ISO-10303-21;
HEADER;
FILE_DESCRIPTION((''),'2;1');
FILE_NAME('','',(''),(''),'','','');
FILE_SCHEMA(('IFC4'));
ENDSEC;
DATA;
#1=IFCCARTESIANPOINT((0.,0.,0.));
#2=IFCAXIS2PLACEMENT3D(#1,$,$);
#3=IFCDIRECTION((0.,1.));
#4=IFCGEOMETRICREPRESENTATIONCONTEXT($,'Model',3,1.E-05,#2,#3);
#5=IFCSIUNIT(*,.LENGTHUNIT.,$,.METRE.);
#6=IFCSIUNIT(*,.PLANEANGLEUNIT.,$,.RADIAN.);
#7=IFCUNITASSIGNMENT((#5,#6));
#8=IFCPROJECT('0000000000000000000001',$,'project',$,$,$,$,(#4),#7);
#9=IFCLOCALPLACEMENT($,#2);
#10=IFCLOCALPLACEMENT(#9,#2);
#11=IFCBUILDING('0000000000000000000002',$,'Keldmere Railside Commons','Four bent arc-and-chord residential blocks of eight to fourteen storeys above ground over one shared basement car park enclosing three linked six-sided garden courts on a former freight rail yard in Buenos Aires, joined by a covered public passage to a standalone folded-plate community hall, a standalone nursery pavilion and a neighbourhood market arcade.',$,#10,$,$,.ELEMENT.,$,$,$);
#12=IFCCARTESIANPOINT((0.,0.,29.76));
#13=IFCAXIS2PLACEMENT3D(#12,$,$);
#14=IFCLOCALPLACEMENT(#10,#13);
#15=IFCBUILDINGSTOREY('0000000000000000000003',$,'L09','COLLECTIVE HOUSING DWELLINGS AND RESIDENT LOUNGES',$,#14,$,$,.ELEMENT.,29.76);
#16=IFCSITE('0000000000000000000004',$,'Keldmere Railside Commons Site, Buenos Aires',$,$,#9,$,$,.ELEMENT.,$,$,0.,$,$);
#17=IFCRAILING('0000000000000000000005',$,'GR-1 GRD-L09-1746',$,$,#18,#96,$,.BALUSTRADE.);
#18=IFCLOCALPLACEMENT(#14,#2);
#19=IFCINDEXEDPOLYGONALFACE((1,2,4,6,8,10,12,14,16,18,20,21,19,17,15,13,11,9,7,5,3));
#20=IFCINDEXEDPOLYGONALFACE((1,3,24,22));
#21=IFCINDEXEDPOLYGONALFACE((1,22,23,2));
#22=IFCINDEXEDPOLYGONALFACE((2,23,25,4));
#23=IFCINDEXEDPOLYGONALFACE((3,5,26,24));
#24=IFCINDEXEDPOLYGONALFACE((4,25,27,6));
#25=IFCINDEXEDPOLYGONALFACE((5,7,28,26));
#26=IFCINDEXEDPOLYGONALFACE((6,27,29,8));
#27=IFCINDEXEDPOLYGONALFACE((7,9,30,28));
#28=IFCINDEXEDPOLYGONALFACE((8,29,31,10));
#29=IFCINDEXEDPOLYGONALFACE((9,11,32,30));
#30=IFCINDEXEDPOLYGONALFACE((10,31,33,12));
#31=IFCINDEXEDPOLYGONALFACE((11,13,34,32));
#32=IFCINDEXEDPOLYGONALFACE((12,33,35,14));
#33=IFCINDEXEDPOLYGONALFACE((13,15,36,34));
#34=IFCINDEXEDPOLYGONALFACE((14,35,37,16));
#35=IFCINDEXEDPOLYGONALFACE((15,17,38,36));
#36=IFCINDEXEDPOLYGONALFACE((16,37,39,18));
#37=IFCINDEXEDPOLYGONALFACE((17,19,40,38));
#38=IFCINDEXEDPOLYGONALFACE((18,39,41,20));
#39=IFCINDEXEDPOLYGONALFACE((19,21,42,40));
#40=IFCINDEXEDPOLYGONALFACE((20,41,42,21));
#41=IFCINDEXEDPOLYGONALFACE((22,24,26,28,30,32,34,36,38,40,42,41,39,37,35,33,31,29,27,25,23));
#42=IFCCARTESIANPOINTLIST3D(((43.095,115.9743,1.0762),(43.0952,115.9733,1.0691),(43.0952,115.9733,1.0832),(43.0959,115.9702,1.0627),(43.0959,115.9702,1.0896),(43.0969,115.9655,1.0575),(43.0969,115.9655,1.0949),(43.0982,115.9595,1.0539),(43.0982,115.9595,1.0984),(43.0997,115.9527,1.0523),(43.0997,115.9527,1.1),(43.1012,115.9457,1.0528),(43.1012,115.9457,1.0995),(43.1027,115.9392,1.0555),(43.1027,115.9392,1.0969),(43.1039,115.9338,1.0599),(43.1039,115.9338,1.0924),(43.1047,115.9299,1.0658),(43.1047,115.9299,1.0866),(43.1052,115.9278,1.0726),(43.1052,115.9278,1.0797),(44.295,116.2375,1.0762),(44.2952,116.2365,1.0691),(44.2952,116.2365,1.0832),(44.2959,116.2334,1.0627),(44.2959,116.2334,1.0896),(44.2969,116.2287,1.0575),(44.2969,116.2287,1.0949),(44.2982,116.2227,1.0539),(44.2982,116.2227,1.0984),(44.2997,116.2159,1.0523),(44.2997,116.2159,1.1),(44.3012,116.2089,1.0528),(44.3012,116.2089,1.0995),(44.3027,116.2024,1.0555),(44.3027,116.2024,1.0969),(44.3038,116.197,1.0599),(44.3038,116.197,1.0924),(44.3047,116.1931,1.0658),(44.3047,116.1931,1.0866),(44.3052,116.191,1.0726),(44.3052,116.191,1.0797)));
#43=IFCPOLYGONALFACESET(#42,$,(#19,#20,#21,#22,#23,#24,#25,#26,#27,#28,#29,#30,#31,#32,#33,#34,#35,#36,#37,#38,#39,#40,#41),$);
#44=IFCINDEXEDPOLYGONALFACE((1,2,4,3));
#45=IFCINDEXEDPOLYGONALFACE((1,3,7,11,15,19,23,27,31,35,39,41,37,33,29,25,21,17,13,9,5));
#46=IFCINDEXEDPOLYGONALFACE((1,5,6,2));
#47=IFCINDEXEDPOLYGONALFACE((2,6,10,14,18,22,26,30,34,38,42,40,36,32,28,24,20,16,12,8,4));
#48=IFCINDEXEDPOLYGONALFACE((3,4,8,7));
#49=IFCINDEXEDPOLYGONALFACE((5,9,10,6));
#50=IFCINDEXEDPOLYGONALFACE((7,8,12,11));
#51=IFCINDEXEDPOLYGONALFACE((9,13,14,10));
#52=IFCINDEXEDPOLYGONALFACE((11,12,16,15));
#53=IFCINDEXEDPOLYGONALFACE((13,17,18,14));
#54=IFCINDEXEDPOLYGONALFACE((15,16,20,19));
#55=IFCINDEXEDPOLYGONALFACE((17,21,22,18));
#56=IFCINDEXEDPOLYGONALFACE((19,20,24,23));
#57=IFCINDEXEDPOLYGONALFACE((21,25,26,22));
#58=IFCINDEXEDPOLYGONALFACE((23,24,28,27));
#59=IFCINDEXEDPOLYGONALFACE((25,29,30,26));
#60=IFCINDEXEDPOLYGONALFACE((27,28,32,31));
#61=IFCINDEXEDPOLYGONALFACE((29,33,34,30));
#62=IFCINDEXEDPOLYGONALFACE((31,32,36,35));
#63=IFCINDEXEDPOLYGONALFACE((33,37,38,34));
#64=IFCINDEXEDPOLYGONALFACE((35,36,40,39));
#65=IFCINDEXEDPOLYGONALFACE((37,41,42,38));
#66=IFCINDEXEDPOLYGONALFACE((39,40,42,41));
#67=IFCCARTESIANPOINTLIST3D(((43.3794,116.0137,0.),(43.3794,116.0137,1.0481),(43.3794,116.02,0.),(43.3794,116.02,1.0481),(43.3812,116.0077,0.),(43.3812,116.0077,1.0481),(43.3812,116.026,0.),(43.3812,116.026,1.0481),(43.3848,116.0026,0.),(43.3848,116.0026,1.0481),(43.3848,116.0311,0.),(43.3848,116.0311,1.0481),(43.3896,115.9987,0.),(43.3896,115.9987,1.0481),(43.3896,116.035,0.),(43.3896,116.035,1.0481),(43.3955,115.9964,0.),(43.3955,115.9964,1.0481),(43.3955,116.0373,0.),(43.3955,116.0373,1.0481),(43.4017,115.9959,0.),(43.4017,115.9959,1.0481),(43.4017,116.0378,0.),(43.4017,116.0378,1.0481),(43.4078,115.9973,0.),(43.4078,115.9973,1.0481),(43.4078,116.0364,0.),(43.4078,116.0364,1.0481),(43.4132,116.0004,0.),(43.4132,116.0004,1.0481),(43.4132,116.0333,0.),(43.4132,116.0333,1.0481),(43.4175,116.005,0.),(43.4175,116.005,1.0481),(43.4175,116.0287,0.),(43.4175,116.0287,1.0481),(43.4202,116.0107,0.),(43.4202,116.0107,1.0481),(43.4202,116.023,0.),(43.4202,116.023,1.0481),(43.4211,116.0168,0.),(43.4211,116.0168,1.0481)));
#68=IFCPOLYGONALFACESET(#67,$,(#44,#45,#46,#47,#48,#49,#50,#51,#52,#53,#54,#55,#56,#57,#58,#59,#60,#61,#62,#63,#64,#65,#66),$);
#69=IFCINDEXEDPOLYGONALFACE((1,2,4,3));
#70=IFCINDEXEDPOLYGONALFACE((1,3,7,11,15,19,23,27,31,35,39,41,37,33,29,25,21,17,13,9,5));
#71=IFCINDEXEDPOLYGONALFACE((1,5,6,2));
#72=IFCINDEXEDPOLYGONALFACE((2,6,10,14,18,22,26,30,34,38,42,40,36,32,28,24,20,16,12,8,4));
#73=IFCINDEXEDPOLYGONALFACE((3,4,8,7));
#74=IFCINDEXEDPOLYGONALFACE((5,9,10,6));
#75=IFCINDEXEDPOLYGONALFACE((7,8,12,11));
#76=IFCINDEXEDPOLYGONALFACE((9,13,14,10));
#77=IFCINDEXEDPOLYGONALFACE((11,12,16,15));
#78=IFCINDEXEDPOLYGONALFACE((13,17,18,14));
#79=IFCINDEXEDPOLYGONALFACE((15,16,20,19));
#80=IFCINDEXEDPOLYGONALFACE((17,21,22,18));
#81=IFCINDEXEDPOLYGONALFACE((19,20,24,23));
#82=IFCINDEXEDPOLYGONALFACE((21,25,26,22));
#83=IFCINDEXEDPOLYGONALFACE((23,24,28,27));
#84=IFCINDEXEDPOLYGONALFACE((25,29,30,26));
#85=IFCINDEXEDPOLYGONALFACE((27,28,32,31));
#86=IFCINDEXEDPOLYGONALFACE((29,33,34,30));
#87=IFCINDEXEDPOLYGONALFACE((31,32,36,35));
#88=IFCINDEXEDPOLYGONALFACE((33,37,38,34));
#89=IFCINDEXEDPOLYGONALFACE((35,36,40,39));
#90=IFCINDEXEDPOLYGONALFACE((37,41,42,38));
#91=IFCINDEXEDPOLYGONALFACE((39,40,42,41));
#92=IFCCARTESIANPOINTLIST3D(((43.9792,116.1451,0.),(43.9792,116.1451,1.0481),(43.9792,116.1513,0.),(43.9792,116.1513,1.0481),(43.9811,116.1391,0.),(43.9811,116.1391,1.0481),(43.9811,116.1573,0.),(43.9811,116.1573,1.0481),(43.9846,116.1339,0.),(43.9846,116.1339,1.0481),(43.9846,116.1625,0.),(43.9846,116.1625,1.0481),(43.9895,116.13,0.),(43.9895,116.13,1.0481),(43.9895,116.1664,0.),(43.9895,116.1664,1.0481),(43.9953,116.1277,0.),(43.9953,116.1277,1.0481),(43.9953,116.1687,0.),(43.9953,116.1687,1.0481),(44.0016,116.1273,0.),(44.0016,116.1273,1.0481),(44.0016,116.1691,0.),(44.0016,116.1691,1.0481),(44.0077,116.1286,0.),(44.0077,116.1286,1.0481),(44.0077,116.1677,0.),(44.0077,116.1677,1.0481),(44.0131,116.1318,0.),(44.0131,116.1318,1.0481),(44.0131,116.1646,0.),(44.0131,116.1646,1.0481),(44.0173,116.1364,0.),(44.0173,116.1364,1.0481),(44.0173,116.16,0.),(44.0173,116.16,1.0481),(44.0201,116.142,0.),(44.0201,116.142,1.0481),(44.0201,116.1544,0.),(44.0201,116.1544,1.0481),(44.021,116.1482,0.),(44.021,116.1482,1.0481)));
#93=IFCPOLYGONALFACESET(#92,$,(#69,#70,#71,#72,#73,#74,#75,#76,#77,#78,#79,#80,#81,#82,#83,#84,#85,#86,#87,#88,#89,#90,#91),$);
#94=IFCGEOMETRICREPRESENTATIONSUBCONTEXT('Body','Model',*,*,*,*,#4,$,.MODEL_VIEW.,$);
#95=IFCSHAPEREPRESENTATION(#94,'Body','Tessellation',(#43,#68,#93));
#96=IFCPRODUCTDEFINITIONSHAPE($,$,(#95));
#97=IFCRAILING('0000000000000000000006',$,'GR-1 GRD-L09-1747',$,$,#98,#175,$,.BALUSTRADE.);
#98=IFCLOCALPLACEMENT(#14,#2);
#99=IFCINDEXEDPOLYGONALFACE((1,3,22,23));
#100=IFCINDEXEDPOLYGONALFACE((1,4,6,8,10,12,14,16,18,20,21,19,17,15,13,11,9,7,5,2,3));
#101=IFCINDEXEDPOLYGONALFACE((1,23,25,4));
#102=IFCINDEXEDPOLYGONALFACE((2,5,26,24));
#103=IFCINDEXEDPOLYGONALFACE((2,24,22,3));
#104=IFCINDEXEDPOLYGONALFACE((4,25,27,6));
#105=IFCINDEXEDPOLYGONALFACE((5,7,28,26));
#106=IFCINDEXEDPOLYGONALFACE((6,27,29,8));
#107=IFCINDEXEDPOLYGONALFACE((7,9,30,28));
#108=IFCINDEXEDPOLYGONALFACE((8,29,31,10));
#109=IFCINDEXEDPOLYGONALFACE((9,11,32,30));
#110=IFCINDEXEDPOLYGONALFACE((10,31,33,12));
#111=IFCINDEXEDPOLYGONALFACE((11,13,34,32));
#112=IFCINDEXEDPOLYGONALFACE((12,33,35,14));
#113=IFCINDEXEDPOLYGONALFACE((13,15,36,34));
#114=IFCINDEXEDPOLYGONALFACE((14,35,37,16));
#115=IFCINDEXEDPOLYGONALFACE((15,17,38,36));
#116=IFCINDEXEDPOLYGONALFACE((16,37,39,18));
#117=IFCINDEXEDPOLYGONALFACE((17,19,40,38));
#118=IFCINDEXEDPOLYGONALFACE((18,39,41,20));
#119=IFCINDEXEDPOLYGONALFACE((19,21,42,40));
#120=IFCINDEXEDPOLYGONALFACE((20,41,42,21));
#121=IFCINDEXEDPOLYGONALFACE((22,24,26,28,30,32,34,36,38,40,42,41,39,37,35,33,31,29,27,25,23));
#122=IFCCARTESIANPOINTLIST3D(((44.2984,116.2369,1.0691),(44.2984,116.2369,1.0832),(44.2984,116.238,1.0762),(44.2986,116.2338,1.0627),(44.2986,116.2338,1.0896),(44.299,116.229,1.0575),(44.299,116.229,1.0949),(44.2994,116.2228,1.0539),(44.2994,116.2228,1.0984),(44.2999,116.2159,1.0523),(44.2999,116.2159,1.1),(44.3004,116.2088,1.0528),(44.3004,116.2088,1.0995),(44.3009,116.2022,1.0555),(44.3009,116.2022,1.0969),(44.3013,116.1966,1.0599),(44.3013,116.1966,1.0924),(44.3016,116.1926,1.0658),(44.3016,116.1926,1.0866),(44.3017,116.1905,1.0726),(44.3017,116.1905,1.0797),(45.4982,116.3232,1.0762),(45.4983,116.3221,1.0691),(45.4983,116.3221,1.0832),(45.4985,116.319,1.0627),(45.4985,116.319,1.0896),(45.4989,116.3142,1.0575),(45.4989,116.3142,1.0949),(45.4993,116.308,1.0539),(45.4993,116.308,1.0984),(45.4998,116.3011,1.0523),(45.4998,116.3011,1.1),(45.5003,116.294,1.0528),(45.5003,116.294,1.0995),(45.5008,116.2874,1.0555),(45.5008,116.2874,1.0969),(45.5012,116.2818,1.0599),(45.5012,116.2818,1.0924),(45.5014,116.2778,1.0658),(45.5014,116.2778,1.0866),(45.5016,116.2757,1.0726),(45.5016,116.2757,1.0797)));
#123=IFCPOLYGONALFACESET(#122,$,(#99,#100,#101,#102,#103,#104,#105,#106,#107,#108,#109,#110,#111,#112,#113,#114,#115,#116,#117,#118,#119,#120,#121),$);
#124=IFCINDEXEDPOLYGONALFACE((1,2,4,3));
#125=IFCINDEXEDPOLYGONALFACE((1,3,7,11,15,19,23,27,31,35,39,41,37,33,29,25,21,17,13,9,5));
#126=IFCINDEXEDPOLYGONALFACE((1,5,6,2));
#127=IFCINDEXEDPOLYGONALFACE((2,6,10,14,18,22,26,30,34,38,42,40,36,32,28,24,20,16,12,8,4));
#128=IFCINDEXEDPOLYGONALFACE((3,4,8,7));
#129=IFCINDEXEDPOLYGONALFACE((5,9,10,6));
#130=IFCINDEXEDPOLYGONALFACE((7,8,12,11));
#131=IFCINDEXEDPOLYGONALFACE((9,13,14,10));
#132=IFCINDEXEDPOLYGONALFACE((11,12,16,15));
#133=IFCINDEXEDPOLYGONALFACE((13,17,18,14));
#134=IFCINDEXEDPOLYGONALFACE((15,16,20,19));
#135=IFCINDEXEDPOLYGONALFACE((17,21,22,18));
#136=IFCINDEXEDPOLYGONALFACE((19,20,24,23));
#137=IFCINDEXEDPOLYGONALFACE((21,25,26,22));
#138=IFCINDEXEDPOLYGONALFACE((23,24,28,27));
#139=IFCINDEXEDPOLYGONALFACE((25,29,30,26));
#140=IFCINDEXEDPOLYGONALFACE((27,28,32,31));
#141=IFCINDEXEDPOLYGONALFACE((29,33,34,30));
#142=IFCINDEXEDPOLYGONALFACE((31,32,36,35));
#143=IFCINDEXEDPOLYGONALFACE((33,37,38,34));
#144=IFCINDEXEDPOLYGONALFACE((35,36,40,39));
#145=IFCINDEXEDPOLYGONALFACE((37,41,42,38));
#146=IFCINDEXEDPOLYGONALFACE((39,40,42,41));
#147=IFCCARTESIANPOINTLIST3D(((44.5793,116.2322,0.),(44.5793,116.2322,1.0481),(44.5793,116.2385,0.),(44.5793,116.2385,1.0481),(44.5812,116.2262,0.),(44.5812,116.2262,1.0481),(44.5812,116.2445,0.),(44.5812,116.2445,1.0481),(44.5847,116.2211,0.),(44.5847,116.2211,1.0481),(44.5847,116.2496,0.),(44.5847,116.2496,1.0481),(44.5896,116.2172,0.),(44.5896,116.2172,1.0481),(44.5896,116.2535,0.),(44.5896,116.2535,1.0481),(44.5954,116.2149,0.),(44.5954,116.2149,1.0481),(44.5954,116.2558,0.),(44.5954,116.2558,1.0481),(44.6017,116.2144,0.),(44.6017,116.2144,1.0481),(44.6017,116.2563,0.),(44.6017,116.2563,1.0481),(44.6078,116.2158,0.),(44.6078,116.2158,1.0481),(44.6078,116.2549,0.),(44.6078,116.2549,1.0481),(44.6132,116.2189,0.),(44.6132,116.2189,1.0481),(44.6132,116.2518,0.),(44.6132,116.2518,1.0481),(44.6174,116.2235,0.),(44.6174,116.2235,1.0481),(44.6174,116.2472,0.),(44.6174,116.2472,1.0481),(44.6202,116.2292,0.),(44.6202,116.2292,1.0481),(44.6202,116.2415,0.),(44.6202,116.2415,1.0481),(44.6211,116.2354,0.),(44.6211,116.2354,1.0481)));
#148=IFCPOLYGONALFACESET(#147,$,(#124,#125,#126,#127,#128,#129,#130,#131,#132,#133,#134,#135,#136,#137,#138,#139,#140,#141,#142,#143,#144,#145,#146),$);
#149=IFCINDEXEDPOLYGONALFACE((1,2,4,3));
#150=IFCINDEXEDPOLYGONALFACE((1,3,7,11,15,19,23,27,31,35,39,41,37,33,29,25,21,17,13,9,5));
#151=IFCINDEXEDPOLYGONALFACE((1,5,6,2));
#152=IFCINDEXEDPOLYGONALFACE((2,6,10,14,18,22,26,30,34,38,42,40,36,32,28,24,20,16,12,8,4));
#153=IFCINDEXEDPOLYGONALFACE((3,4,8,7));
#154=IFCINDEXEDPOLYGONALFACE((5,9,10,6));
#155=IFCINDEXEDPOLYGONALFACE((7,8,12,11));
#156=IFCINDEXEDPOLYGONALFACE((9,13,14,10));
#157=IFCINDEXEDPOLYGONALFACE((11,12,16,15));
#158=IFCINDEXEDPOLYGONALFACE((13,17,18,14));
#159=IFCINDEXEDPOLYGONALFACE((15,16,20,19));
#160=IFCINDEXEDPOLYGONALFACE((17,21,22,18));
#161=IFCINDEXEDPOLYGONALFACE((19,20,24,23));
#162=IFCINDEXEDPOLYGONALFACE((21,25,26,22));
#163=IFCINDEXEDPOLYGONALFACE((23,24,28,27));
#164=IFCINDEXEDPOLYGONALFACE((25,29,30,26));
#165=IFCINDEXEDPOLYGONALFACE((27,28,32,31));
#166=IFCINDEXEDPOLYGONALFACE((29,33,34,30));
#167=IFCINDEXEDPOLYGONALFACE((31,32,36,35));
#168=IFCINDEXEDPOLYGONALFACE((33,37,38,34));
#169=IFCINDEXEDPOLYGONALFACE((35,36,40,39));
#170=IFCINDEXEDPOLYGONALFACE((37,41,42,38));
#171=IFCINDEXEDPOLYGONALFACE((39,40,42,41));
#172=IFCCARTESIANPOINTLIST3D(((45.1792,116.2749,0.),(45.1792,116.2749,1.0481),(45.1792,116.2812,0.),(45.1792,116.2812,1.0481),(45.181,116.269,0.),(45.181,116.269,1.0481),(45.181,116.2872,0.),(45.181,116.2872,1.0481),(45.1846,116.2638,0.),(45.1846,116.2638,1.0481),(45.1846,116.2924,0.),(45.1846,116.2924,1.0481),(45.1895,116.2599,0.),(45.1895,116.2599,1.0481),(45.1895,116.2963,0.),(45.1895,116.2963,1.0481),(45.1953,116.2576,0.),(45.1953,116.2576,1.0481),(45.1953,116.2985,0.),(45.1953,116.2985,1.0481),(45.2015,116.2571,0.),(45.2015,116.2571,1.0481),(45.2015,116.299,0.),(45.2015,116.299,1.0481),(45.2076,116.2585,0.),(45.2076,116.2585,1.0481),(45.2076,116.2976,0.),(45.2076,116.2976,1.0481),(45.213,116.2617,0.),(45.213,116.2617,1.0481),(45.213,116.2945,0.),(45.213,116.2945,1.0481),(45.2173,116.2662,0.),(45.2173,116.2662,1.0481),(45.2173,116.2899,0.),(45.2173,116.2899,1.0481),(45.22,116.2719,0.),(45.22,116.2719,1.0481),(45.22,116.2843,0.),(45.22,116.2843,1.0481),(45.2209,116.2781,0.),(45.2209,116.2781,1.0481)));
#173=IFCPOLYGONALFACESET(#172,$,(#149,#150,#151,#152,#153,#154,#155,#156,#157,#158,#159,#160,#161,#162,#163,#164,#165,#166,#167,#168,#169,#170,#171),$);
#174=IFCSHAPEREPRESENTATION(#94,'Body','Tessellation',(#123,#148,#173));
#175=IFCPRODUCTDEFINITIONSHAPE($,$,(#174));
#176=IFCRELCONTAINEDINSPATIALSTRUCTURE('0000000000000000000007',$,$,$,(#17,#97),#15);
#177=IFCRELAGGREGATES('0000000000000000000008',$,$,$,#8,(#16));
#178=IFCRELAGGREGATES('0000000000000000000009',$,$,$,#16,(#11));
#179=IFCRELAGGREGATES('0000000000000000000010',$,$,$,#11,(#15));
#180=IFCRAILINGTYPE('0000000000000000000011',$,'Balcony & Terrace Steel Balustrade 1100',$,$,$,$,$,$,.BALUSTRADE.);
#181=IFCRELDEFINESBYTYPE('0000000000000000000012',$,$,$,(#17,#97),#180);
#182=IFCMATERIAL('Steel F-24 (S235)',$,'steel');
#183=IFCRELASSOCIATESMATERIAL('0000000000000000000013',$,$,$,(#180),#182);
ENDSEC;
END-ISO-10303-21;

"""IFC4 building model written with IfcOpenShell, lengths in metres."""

from ifc_helpers import new_model, si_unit, direction, frame, origin, origin_2d, place, context, subcontext, project, spatial, circle, extrude, material, type_object, element, save


model = new_model("IFC4")

# Units and contexts
model_context = context("Model", 3, precision=1e-05, world=origin(), true_north=direction((0.0, 1.0)))
body_context = subcontext(model_context, "Body", "Model", "MODEL_VIEW")
ifc_project = project(units=[si_unit("LENGTHUNIT", "METRE"), si_unit("PLANEANGLEUNIT", "RADIAN")], contexts=[model_context])

# Site, building, storey
site_placement = place(None, origin())
site = spatial("IfcSite", under=ifc_project, at=site_placement, Name="Keldmere Railside Commons Site, Buenos Aires", CompositionType="ELEMENT", RefElevation=0.0)
building_placement = place(site_placement, origin())
building = spatial("IfcBuilding", under=site, at=building_placement, Name="Keldmere Railside Commons", Description="Four bent arc-and-chord residential blocks of eight to fourteen storeys above ground over one shared basement car park enclosing three linked six-sided garden courts on a former freight rail yard in Buenos Aires, joined by a covered public passage to a standalone folded-plate community hall, a standalone nursery pavilion and a neighbourhood market arcade.", CompositionType="ELEMENT")
storey_placement = place(building_placement, frame((0.0, 0.0, 29.76)))
storey = spatial("IfcBuildingStorey", under=building, at=storey_placement, Name="L09", Description="COLLECTIVE HOUSING DWELLINGS AND RESIDENT LOUNGES", CompositionType="ELEMENT", Elevation=29.76)

# Railings
ifc_material_1 = material(Name="Steel F-24 (S235)", Category="steel")
railing_type = type_object("IfcRailingType", Name="Balcony & Terrace Steel Balustrade 1100", PredefinedType="BALUSTRADE", material=ifc_material_1)
railing_1_placement = place(storey_placement, frame((43.1001, 115.9509, 0.0)))
element("IfcRailing", 1, at=railing_1_placement, inside=storey, type_object=railing_type, Name="GR-1 GRD-L09-1746", PredefinedType="BALUSTRADE", context=body_context, shape_type="SweptSolid", body=[
    extrude(circle(Radius=0.0239, at=origin_2d()), frame((0.0, 0.0, 1.0762), z_axis=(0.976782, 0.214236, 0.0), x_axis=(-0.214236, 0.976782, 0.0)), (0.0, 0.0, 1.0), 1.2285),
    extrude(circle(Radius=0.021, at=origin_2d()), frame((0.3, 0.0659, 0.0)), (0.0, 0.0, 1.0), 1.0481),
    extrude(circle(Radius=0.021, at=origin_2d()), frame((0.8999, 0.1973, 0.0)), (0.0, 0.0, 1.0), 1.0481),
])
railing_2_placement = place(storey_placement, frame((44.3, 116.2141, 0.0)))
element("IfcRailing", 2, at=railing_2_placement, inside=storey, type_object=railing_type, Name="GR-1 GRD-L09-1747", PredefinedType="BALUSTRADE", context=body_context, shape_type="SweptSolid", body=[
    extrude(circle(Radius=0.0239, at=origin_2d()), frame((0.0, 0.0, 1.0762), z_axis=(0.997488, 0.070829, 0.0), x_axis=(-0.070829, 0.997488, 0.0)), (0.0, 0.0, 1.0), 1.2029),
    extrude(circle(Radius=0.021, at=origin_2d()), frame((0.3, 0.0212, 0.0)), (0.0, 0.0, 1.0), 1.0481),
    extrude(circle(Radius=0.021, at=origin_2d()), frame((0.8999, 0.064, 0.0)), (0.0, 0.0, 1.0), 1.0481),
])

save(model, "model.ifc")
